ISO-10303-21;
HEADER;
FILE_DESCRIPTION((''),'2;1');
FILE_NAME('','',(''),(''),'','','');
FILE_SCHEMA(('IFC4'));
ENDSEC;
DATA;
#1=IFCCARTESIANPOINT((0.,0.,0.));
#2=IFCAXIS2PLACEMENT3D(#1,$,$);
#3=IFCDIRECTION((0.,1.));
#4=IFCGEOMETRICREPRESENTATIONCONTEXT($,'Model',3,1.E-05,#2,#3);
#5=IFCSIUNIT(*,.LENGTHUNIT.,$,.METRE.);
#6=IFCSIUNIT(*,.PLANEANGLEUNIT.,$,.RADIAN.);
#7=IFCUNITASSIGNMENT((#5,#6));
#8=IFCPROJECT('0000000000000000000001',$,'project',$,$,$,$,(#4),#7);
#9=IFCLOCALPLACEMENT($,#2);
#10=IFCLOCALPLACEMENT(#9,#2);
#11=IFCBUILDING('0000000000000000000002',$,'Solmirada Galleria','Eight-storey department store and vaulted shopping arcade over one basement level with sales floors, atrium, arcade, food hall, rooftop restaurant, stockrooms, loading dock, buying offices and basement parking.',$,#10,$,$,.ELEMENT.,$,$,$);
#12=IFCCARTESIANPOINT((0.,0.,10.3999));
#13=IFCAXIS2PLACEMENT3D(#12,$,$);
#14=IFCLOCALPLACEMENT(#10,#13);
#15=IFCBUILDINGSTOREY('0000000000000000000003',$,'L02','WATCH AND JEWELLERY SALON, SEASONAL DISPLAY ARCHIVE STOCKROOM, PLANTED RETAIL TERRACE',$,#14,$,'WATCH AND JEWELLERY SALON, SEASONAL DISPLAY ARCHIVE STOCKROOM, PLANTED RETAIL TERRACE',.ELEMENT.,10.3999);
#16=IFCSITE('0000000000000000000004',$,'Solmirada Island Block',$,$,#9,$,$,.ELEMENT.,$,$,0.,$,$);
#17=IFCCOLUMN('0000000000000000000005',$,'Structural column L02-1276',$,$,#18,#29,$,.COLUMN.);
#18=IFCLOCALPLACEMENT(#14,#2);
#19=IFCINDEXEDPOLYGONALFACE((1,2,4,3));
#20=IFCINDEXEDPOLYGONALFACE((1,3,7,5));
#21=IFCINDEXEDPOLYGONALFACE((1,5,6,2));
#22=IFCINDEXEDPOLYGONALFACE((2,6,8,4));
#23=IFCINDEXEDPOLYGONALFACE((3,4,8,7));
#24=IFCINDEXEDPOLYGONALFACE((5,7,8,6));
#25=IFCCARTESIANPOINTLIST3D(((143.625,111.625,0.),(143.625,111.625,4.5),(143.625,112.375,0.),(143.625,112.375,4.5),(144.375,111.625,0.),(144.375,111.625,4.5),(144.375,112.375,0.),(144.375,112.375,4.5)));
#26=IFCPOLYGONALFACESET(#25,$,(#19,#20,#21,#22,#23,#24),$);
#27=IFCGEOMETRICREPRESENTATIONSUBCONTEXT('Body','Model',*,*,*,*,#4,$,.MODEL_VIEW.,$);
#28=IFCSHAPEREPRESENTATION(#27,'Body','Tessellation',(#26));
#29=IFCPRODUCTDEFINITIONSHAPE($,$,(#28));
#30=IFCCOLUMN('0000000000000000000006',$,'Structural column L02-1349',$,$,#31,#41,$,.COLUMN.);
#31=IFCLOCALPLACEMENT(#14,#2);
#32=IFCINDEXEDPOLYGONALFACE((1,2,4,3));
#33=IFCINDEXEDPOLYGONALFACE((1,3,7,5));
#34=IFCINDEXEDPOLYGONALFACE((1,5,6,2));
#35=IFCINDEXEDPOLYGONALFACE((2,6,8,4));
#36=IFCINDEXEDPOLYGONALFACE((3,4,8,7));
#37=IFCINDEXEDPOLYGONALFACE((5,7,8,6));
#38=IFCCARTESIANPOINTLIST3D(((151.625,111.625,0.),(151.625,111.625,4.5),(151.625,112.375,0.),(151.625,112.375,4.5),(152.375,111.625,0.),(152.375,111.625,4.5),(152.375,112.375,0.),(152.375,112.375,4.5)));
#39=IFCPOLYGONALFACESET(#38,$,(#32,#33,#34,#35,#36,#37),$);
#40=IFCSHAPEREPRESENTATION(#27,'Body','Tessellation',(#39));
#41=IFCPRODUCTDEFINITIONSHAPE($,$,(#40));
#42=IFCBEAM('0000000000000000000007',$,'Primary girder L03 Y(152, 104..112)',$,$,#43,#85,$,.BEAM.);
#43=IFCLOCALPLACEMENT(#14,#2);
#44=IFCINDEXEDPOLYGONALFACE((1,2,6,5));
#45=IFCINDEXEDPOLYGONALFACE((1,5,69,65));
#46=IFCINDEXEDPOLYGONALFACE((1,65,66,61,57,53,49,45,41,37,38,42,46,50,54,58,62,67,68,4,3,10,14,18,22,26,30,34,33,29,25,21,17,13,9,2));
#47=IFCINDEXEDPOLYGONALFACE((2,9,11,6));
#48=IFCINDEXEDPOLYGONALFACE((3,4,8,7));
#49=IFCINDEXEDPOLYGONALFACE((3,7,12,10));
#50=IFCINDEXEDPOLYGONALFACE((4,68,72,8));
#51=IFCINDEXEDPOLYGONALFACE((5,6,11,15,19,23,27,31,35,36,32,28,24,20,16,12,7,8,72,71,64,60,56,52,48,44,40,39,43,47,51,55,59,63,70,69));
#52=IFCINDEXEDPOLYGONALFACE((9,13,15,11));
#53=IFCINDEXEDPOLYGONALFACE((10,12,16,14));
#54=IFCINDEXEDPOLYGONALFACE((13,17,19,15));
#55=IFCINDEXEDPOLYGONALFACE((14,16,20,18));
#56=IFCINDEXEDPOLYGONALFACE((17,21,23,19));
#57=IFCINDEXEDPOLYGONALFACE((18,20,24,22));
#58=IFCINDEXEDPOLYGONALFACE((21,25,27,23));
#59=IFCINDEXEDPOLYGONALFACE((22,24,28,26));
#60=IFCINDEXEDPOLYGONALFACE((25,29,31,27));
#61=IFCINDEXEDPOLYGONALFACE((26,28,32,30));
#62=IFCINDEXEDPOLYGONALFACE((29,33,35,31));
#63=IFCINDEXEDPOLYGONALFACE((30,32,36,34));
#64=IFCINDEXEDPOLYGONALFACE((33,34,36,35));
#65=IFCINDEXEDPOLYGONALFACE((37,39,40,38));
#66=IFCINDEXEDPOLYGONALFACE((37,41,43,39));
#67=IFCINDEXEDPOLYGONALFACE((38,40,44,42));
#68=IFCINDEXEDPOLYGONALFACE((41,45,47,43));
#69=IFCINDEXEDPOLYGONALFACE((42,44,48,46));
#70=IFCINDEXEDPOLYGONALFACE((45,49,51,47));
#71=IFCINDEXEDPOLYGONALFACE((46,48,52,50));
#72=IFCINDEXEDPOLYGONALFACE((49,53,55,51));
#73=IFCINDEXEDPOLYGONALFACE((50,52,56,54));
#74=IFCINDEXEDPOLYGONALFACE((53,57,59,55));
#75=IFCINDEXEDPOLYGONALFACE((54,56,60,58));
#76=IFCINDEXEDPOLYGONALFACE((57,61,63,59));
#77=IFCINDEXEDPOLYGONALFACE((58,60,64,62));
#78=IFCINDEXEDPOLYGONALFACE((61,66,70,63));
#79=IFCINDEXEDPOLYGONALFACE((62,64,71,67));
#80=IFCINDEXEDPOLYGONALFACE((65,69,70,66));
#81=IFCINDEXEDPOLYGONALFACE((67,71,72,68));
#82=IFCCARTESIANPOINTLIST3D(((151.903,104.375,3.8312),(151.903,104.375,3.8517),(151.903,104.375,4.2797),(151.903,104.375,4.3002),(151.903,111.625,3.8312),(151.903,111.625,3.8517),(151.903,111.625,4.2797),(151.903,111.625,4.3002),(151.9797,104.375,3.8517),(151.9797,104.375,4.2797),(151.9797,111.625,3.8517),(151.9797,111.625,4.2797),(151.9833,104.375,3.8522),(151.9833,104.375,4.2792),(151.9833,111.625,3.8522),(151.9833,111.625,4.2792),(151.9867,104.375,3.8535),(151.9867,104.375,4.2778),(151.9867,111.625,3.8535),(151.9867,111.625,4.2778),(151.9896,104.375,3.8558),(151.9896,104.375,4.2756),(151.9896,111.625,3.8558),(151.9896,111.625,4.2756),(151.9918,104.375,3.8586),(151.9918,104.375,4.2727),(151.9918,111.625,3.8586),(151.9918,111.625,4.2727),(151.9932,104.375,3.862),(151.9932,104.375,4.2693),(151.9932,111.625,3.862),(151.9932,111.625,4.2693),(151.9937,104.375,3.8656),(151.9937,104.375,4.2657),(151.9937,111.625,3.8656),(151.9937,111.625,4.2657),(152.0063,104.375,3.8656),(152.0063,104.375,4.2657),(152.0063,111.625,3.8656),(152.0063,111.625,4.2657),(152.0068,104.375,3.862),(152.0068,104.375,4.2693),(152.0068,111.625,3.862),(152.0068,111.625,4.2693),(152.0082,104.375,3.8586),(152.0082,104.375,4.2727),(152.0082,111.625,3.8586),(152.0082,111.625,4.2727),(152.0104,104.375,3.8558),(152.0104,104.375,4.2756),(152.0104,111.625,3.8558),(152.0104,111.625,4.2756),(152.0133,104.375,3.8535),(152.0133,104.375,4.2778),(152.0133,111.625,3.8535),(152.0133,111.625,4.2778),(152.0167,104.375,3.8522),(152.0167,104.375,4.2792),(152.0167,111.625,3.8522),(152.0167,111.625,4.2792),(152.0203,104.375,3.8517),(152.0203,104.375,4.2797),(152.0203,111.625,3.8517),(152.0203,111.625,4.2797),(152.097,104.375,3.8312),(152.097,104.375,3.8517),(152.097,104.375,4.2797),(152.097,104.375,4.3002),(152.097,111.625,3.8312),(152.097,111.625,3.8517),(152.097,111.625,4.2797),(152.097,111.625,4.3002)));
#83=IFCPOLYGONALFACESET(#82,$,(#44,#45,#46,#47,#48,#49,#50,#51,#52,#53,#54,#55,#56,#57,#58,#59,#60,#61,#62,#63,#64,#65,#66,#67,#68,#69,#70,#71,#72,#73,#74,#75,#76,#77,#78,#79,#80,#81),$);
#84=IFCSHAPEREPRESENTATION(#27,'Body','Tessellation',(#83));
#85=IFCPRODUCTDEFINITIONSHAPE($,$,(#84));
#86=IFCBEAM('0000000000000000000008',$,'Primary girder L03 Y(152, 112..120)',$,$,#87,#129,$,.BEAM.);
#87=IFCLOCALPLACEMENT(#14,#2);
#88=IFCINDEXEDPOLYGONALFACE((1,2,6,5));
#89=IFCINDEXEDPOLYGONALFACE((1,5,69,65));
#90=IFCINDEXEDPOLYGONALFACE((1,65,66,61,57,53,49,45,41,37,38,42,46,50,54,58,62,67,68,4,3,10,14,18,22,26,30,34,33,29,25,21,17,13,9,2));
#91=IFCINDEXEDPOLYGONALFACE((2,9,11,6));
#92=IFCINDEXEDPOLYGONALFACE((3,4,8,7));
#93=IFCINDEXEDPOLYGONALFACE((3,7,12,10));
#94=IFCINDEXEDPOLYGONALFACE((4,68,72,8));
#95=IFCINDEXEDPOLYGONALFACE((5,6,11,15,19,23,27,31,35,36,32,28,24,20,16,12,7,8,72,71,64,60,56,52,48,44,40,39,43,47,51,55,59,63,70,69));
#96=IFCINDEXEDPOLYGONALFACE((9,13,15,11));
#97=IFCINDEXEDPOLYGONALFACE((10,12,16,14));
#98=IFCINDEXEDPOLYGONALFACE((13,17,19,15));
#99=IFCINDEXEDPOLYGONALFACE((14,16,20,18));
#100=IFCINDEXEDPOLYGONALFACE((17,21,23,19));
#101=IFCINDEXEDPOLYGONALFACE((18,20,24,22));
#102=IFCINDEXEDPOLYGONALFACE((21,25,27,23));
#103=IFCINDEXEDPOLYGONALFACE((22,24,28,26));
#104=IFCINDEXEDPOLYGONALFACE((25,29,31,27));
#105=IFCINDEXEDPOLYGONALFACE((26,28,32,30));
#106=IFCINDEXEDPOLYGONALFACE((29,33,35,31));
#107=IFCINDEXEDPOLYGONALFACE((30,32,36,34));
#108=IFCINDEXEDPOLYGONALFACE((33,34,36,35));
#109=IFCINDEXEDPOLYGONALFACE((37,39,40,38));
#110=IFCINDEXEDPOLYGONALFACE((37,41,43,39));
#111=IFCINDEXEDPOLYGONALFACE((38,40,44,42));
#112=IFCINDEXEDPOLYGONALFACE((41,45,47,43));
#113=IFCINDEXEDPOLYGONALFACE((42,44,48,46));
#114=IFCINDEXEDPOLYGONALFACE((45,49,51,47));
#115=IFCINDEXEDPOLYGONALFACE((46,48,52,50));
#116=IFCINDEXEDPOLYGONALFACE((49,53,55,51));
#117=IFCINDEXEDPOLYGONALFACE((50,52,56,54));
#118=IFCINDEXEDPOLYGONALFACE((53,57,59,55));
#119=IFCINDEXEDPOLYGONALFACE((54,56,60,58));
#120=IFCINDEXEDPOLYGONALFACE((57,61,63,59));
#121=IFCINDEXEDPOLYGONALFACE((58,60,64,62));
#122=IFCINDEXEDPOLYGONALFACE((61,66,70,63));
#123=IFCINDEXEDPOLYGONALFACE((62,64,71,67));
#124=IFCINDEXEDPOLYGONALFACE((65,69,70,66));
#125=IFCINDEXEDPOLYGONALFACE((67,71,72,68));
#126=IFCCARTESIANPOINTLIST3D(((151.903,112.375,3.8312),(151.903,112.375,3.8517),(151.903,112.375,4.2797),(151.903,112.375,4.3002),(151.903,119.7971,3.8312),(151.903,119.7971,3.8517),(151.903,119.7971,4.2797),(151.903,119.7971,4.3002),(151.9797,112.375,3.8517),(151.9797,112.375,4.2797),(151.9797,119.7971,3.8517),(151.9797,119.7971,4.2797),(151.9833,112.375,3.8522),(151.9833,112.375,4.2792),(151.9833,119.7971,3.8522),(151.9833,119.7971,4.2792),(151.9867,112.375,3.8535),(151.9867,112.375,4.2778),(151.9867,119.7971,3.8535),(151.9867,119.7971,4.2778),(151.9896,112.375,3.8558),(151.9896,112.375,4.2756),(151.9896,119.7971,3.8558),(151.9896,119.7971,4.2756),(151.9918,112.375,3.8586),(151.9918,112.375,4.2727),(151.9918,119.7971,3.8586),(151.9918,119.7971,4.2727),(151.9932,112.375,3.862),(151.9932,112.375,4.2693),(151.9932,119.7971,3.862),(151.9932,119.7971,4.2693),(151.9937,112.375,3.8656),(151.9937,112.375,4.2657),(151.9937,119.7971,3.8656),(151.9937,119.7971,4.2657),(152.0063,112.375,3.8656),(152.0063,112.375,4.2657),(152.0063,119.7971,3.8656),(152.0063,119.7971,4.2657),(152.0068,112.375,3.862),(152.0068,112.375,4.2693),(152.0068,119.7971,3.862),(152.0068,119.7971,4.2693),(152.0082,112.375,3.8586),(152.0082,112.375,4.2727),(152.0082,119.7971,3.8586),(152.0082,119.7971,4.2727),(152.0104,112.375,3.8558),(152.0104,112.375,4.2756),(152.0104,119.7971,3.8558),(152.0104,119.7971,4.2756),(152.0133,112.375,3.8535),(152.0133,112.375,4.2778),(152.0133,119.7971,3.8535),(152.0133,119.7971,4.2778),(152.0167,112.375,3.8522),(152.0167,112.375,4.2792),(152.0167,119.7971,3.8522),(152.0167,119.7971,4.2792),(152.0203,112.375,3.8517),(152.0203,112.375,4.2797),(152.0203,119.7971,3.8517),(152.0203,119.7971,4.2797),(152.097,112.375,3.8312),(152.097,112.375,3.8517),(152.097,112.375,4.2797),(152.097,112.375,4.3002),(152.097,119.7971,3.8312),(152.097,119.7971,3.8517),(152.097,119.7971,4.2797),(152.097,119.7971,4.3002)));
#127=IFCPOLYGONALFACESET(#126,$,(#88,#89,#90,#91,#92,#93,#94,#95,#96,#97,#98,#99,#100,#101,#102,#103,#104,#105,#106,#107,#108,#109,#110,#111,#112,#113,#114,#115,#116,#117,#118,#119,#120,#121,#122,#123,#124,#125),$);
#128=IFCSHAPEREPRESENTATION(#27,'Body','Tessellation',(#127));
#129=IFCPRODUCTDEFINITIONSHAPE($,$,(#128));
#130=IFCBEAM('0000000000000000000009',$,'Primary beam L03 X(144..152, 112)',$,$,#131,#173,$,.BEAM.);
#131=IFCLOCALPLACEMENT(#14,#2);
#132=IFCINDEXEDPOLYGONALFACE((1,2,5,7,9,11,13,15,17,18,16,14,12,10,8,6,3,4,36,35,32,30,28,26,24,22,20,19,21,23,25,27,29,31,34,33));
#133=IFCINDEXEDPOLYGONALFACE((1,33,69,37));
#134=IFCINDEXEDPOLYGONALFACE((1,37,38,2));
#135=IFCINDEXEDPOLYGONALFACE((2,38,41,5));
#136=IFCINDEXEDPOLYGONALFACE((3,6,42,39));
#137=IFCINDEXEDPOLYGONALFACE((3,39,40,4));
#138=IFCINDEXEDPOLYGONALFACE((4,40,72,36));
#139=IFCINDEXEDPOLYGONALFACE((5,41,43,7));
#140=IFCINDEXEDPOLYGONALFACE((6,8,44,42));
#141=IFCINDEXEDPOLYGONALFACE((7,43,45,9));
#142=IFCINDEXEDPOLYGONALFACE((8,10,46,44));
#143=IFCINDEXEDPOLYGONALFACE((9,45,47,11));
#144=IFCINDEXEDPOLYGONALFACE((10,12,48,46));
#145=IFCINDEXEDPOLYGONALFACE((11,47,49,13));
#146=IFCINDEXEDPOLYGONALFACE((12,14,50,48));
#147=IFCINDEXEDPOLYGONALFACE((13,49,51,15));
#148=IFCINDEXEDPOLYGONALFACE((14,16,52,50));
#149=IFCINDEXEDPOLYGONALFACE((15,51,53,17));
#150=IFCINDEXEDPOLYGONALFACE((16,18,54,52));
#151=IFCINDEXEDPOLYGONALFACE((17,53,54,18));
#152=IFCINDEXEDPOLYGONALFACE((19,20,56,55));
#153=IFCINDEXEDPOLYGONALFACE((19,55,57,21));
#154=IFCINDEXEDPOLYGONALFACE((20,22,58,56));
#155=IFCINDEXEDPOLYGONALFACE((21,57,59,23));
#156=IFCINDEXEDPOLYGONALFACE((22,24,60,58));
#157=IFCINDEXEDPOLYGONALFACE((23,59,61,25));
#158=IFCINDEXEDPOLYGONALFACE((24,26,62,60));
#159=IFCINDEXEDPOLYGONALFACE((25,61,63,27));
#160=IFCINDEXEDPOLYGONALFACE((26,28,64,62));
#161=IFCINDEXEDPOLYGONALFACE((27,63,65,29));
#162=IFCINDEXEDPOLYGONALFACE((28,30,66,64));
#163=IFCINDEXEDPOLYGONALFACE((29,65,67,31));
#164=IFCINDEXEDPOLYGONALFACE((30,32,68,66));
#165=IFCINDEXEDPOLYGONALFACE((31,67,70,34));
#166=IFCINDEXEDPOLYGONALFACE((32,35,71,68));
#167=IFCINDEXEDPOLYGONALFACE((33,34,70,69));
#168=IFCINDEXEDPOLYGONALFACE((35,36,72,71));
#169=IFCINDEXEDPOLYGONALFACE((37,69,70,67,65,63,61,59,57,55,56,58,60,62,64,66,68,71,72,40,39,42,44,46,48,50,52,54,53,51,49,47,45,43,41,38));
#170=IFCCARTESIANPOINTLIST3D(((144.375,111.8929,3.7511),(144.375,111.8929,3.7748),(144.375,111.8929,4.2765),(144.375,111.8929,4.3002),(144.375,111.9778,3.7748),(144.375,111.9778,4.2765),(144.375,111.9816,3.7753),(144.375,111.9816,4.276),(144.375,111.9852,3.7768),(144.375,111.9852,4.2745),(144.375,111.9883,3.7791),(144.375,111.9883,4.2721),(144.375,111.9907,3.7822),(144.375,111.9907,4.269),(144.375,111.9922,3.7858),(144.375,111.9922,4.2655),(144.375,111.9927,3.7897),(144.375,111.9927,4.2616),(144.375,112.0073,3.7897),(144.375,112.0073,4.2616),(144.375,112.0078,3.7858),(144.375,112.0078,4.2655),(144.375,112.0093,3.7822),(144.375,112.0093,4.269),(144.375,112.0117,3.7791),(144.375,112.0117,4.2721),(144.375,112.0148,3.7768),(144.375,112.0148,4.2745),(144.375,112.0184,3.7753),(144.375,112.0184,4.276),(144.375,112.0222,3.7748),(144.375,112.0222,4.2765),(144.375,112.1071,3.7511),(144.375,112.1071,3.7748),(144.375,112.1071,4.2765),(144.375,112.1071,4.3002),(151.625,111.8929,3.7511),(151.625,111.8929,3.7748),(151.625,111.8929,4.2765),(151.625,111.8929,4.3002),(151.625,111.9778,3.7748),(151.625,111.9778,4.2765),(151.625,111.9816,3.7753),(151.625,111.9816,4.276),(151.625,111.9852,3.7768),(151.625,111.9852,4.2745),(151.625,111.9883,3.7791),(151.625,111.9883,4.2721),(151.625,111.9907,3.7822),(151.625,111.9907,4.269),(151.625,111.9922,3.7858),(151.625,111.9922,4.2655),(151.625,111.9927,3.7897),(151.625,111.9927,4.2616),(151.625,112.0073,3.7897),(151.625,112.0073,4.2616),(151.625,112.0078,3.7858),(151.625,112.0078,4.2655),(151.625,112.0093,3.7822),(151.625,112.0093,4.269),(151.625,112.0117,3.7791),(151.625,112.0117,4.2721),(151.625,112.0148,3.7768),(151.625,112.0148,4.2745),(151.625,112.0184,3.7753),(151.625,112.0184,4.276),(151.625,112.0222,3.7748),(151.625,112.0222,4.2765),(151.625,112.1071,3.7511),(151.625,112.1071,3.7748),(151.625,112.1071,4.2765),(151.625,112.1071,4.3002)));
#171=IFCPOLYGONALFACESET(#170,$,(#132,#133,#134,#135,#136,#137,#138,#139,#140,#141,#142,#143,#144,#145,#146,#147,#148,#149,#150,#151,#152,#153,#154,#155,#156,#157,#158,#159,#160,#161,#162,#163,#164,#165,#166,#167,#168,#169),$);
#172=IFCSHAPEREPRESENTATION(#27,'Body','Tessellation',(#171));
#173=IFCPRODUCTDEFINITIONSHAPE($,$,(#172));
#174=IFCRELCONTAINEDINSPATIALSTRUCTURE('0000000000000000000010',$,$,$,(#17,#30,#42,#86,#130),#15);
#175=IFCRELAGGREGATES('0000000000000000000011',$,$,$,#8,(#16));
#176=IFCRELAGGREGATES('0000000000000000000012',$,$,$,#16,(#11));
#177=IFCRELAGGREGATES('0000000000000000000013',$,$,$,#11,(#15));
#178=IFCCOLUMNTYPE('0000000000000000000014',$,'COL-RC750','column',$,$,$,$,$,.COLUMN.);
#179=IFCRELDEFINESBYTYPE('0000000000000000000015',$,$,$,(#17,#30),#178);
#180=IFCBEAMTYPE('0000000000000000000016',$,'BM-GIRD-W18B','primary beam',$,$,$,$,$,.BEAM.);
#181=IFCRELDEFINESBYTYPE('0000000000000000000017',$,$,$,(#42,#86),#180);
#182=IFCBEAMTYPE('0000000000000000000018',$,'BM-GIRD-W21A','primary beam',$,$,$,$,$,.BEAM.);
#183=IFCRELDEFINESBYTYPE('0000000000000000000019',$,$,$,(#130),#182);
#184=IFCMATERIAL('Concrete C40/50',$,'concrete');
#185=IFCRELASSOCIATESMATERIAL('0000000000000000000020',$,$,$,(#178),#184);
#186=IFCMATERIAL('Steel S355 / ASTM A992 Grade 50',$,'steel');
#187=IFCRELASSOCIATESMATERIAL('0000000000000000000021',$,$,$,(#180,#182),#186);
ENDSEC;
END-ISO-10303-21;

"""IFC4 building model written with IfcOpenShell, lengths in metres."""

from ifc_helpers import new_model, si_unit, direction, frame, origin, origin_2d, place, context, subcontext, project, spatial, rectangle, i_section, extrude, material, material_profile, profile_set, type_object, element, save


model = new_model("IFC4")

# Units and contexts
model_context = context("Model", 3, precision=1e-05, world=origin(), true_north=direction((0.0, 1.0)))
body_context = subcontext(model_context, "Body", "Model", "MODEL_VIEW")
ifc_project = project(units=[si_unit("LENGTHUNIT", "METRE"), si_unit("PLANEANGLEUNIT", "RADIAN")], contexts=[model_context])

# Site, building, storey
site_placement = place(None, origin())
site = spatial("IfcSite", under=ifc_project, at=site_placement, Name="Solmirada Island Block", CompositionType="ELEMENT", RefElevation=0.0)
building_placement = place(site_placement, origin())
building = spatial("IfcBuilding", under=site, at=building_placement, Name="Solmirada Galleria", Description="Eight-storey department store and vaulted shopping arcade over one basement level with sales floors, atrium, arcade, food hall, rooftop restaurant, stockrooms, loading dock, buying offices and basement parking.", CompositionType="ELEMENT")
storey_placement = place(building_placement, frame((0.0, 0.0, 10.3999)))
storey = spatial("IfcBuildingStorey", under=building, at=storey_placement, Name="L02", Description="WATCH AND JEWELLERY SALON, SEASONAL DISPLAY ARCHIVE STOCKROOM, PLANTED RETAIL TERRACE", LongName="WATCH AND JEWELLERY SALON, SEASONAL DISPLAY ARCHIVE STOCKROOM, PLANTED RETAIL TERRACE", CompositionType="ELEMENT", Elevation=10.3999)

# Columns
ifc_material_1 = material(Name="Concrete C40/50", Category="concrete")
ifc_material_profile_1 = material_profile(ifc_material_1, rectangle(XDim=0.75, YDim=0.75, at=origin_2d()), Name="RC750X750")
ifc_profile_set_1 = profile_set([ifc_material_profile_1], Name="Concrete C40/50")
column_type = type_object("IfcColumnType", Name="COL-RC750", Description="column", PredefinedType="COLUMN", material=ifc_profile_set_1)
for number, where, z_axis, x_axis, name in (
    (1, (144.0, 112.0, 0.0), (0.0, 0.0, 1.0), (1.0, 0.0, 0.0), "Structural column L02-1276"),
    (2, (152.0, 112.0, 0.0), (0.0, 0.0, 1.0), (1.0, 0.0, 0.0), "Structural column L02-1349"),
):
    element("IfcColumn", number, at=place(storey_placement, frame(where, z_axis=z_axis, x_axis=x_axis)), inside=storey, type_object=column_type, Name=name, PredefinedType="COLUMN", context=body_context, shape_type="SweptSolid", body=[
        extrude(rectangle(XDim=0.75, YDim=0.75, at=origin_2d()), origin(), (0.0, 0.0, 1.0), 4.5),
    ])

# Beams
ifc_material_2 = material(Name="Steel S355 / ASTM A992 Grade 50", Category="steel")
ifc_material_profile_2 = material_profile(ifc_material_2, i_section(OverallWidth=0.1941, OverallDepth=0.469, WebThickness=0.0127, FlangeThickness=0.0205, FilletRadius=0.0139, at=origin_2d()), Name="W18X71")
ifc_profile_set_2 = profile_set([ifc_material_profile_2], Name="Steel S355 / ASTM A992 Grade 50")
beam_type_1 = type_object("IfcBeamType", Name="BM-GIRD-W18B", Description="primary beam", PredefinedType="BEAM", material=ifc_profile_set_2)
beam_1_placement = place(storey_placement, frame((152.0, 104.375, 4.0657), z_axis=(0.0, 1.0, 0.0), x_axis=(-1.0, 0.0, 0.0)))
element("IfcBeam", 3, at=beam_1_placement, inside=storey, type_object=beam_type_1, Name="Primary girder L03 Y(152, 104..112)", PredefinedType="BEAM", context=body_context, shape_type="SweptSolid", body=[
    extrude(i_section(OverallWidth=0.1941, OverallDepth=0.469, WebThickness=0.0127, FlangeThickness=0.0205, FilletRadius=0.0139, at=origin_2d()), origin(), (0.0, 0.0, 1.0), 7.25),
])
beam_2_placement = place(storey_placement, frame((152.0, 112.375, 4.0657), z_axis=(0.0, 1.0, 0.0), x_axis=(-1.0, 0.0, 0.0)))
element("IfcBeam", 4, at=beam_2_placement, inside=storey, type_object=beam_type_1, Name="Primary girder L03 Y(152, 112..120)", PredefinedType="BEAM", context=body_context, shape_type="SweptSolid", body=[
    extrude(i_section(OverallWidth=0.1941, OverallDepth=0.469, WebThickness=0.0127, FlangeThickness=0.0205, FilletRadius=0.0139, at=origin_2d()), origin(), (0.0, 0.0, 1.0), 7.4221),
])
ifc_material_profile_3 = material_profile(ifc_material_2, i_section(OverallWidth=0.2141, OverallDepth=0.5491, WebThickness=0.0146, FlangeThickness=0.0237, FilletRadius=0.0149, at=origin_2d()), Name="W21X93")
ifc_profile_set_3 = profile_set([ifc_material_profile_3], Name="Steel S355 / ASTM A992 Grade 50")
beam_type_2 = type_object("IfcBeamType", Name="BM-GIRD-W21A", Description="primary beam", PredefinedType="BEAM", material=ifc_profile_set_3)
for number, where, z_axis, x_axis, name in (
    (5, (144.375, 112.0, 4.0256), (1.0, 0.0, 0.0), (0.0, 1.0, 0.0), "Primary beam L03 X(144..152, 112)"),
):
    element("IfcBeam", number, at=place(storey_placement, frame(where, z_axis=z_axis, x_axis=x_axis)), inside=storey, type_object=beam_type_2, Name=name, PredefinedType="BEAM", context=body_context, shape_type="SweptSolid", body=[
        extrude(i_section(OverallWidth=0.2141, OverallDepth=0.5491, WebThickness=0.0146, FlangeThickness=0.0237, FilletRadius=0.0149, at=origin_2d()), origin(), (0.0, 0.0, 1.0), 7.25),
    ])

save(model, "model.ifc")
